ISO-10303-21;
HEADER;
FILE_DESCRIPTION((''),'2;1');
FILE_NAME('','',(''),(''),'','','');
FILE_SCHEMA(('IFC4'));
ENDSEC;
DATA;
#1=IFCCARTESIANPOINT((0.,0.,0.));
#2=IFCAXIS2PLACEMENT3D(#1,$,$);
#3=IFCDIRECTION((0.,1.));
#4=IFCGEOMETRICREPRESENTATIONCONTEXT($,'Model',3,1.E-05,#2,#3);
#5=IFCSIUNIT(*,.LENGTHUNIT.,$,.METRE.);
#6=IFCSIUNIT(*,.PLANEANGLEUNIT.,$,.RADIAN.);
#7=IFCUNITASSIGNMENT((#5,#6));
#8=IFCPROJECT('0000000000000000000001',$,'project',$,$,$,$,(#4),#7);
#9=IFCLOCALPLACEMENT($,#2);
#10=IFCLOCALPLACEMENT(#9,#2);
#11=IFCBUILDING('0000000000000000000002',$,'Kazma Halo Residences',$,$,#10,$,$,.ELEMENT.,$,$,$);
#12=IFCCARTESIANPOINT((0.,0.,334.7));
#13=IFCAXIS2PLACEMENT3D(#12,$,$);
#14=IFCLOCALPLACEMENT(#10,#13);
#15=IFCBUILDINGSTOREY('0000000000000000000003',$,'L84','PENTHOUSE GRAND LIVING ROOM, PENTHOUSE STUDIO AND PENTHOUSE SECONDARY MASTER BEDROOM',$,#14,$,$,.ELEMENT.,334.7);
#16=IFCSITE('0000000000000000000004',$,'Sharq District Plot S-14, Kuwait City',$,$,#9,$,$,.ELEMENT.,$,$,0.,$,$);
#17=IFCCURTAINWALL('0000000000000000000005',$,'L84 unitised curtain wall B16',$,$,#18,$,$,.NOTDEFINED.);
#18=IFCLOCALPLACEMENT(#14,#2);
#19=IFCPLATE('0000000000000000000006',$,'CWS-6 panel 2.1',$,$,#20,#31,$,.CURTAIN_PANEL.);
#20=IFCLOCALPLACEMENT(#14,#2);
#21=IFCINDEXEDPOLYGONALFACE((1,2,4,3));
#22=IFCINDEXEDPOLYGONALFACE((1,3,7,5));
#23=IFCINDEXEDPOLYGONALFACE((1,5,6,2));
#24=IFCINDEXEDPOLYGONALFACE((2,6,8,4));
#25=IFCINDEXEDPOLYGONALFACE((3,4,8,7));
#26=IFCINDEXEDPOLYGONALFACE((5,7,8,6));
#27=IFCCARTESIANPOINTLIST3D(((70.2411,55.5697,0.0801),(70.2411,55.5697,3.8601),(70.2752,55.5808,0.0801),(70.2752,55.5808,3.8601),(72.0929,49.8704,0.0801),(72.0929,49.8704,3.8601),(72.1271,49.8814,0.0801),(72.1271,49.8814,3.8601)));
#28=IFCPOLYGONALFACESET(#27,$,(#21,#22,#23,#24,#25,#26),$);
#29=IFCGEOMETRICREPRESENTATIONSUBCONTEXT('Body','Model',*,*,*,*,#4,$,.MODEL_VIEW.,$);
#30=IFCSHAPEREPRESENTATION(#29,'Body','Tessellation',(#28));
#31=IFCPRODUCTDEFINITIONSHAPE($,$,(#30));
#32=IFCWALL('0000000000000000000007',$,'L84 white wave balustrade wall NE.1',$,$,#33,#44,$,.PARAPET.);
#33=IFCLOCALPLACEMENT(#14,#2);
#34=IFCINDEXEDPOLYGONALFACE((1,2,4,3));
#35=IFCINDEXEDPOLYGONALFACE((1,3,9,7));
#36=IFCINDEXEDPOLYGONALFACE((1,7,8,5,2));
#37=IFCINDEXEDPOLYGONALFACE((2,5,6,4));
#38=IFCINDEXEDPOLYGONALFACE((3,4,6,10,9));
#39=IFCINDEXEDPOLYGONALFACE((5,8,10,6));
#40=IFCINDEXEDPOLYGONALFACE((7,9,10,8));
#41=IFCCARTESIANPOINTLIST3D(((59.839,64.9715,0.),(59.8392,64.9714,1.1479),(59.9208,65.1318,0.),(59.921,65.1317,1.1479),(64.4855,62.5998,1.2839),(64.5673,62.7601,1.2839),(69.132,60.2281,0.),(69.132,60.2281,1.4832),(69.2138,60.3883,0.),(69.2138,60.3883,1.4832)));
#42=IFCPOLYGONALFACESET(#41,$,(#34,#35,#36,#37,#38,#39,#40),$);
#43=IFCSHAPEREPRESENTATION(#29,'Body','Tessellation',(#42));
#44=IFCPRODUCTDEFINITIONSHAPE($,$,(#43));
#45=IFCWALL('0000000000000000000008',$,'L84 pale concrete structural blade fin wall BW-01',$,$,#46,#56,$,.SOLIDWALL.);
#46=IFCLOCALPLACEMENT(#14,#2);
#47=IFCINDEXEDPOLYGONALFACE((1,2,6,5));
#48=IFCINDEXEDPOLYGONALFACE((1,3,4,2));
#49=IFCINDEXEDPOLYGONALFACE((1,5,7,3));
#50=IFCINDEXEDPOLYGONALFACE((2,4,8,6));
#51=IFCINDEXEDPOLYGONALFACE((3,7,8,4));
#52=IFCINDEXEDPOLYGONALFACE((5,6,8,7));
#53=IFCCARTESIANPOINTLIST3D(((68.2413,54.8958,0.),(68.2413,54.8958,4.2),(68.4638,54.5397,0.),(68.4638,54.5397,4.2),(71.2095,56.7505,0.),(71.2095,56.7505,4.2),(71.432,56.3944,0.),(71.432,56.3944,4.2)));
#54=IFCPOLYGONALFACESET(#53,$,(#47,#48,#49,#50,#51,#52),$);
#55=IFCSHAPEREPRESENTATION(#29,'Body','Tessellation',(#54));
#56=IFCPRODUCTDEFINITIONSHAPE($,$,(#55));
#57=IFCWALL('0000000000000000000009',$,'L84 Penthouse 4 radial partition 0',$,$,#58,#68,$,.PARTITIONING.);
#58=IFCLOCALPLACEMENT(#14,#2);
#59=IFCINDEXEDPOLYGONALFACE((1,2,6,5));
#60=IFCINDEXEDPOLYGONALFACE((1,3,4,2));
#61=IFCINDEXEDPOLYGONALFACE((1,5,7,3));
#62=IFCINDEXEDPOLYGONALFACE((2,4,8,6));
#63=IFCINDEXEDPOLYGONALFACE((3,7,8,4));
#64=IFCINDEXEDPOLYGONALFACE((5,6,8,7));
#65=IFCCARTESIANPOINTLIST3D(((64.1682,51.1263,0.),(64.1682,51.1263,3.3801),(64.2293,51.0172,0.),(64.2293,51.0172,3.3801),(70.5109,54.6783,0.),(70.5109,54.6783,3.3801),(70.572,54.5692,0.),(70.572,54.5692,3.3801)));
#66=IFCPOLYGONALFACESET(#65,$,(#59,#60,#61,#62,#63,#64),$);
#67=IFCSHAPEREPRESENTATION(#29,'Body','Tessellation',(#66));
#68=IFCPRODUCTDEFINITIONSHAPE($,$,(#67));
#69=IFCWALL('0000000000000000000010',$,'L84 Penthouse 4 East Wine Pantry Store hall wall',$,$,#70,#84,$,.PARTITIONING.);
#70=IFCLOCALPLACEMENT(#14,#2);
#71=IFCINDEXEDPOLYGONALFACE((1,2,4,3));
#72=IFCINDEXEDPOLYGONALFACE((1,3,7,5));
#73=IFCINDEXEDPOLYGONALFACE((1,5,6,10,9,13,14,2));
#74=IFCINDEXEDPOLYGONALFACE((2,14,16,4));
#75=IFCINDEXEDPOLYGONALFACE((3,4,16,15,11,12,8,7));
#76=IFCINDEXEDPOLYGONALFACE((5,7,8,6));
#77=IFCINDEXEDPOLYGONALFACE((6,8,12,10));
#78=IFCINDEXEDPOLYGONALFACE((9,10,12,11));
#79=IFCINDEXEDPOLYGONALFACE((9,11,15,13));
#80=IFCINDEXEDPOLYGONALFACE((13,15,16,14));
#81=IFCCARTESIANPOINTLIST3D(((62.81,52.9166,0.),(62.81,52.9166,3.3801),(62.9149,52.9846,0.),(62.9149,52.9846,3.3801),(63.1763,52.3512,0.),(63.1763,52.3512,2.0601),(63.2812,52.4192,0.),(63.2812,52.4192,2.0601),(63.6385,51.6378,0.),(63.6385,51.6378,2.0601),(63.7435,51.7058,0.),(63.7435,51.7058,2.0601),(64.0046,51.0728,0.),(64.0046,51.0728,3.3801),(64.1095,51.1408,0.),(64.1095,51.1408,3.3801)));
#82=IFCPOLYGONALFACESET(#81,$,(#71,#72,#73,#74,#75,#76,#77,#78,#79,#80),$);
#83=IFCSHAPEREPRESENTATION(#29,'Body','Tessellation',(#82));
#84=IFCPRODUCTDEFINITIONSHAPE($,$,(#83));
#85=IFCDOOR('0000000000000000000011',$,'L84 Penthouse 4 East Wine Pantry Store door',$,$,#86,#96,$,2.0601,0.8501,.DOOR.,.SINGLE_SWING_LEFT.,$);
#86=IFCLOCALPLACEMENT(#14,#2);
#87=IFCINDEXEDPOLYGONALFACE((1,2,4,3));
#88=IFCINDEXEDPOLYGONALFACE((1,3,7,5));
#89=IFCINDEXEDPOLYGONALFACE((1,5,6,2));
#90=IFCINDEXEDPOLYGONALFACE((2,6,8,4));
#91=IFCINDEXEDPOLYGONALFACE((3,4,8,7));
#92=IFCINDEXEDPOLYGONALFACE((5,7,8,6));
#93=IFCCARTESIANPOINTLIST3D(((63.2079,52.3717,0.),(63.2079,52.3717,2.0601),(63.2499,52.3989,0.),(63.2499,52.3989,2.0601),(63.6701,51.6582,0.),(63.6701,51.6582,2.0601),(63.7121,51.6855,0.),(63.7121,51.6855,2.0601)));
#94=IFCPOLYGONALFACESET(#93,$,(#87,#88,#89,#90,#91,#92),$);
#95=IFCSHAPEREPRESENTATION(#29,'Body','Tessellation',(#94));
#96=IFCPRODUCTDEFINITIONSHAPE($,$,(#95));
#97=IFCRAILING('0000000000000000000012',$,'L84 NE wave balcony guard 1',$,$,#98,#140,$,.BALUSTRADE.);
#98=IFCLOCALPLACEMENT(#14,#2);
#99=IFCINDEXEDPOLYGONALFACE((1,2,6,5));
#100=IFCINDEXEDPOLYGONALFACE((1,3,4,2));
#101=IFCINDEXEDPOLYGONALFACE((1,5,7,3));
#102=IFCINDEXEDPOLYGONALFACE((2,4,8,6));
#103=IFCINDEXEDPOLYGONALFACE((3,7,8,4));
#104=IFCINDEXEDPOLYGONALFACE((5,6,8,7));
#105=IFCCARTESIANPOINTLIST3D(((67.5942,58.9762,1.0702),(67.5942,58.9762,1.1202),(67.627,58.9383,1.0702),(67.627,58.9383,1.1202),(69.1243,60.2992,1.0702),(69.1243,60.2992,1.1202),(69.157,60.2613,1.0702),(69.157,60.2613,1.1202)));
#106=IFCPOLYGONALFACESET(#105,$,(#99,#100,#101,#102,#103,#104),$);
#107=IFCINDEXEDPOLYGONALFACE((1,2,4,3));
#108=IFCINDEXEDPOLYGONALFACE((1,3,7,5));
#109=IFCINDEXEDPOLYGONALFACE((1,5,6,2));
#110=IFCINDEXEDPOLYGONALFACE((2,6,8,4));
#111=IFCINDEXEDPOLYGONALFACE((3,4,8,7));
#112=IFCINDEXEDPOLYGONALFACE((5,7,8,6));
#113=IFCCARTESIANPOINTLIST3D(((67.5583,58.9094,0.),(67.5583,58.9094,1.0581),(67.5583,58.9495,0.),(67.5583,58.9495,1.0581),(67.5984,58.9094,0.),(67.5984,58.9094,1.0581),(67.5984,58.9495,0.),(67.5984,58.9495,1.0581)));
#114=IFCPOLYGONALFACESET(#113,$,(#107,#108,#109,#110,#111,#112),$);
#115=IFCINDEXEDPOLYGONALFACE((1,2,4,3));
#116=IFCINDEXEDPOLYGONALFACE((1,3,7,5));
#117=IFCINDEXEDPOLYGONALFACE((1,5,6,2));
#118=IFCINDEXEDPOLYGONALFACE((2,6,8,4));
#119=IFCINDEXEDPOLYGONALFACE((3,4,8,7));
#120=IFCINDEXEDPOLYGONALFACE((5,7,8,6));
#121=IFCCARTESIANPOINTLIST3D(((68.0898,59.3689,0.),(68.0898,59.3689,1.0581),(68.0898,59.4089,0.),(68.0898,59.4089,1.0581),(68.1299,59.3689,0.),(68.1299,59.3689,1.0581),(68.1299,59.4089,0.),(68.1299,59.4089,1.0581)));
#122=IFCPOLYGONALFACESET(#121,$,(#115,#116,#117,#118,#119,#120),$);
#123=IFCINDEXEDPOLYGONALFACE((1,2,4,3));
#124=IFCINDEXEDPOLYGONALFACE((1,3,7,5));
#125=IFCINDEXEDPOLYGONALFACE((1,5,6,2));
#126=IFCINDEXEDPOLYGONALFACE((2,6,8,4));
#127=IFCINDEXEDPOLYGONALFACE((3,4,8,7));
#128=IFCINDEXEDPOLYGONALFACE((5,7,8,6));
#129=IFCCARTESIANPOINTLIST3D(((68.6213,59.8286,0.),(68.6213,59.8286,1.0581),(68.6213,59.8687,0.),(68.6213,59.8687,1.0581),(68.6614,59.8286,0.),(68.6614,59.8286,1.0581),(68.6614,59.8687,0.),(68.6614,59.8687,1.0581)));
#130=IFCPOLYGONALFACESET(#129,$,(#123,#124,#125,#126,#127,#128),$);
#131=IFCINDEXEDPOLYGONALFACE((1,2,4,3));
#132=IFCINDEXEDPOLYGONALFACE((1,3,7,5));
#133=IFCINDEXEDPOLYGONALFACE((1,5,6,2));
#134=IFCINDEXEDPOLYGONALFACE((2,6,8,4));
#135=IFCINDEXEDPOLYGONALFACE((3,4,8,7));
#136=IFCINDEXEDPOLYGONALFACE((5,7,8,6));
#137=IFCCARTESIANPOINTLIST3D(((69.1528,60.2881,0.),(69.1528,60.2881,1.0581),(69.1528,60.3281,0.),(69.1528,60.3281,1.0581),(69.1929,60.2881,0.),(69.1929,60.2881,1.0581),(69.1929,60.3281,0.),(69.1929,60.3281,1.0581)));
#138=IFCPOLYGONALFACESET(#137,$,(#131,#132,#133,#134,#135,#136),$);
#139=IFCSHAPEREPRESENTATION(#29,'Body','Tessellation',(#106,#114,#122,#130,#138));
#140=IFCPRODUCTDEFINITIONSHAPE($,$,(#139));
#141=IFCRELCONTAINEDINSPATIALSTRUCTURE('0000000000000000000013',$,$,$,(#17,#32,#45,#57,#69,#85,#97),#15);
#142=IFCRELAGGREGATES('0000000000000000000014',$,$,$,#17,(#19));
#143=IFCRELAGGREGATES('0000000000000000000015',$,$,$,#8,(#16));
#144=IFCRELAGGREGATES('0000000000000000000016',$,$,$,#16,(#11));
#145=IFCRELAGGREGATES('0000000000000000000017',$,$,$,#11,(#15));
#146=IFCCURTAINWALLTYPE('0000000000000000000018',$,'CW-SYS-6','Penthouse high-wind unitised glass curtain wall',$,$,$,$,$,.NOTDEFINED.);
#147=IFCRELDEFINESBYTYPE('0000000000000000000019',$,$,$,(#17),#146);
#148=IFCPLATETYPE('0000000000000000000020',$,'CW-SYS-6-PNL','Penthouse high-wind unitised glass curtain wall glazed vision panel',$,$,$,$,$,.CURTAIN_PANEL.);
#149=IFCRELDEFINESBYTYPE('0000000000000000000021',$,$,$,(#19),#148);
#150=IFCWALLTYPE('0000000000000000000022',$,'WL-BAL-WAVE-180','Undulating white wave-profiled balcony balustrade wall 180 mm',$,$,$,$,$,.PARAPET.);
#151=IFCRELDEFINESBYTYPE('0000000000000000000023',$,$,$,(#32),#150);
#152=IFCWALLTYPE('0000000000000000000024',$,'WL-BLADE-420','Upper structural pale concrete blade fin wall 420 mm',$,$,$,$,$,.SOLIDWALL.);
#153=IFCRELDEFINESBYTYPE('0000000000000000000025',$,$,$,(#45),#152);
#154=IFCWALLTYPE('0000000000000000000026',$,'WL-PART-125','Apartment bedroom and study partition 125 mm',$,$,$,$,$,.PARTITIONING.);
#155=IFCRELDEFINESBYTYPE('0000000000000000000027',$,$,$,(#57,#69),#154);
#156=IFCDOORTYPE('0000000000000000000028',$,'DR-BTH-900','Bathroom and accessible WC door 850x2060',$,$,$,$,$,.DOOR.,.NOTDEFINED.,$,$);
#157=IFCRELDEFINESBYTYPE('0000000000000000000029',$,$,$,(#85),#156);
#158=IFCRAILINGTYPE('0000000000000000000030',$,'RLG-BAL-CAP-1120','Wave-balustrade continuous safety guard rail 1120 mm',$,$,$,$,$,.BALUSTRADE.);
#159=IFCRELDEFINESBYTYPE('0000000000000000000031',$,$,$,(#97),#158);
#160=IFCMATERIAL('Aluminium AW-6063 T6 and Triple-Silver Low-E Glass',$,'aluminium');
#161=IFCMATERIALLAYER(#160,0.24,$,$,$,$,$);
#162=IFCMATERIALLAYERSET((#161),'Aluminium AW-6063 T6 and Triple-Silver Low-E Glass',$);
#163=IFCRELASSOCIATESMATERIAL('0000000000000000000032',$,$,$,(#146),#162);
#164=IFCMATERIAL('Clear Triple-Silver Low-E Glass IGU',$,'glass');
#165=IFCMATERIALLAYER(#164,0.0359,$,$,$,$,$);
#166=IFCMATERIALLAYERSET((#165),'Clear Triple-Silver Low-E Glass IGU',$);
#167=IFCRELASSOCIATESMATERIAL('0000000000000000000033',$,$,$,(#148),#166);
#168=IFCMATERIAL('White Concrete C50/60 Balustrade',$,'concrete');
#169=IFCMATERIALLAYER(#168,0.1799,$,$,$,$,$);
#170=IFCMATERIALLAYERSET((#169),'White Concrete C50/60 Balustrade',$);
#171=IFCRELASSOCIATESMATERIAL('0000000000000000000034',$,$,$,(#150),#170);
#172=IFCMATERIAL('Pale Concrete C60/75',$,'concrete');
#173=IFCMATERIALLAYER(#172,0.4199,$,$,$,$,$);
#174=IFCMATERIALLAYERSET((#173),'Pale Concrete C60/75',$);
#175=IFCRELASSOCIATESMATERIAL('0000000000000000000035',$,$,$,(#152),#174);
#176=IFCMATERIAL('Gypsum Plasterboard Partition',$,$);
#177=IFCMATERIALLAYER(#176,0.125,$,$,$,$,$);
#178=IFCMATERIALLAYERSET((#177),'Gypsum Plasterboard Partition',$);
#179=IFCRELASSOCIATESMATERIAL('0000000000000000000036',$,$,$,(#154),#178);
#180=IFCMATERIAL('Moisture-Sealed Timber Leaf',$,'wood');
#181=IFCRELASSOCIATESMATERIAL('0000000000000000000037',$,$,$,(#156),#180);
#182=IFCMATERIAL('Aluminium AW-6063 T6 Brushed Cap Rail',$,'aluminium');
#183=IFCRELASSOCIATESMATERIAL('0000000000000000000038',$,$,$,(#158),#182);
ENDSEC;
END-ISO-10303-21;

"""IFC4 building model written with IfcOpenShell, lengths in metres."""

from ifc_helpers import new_model, si_unit, direction, frame, frame_2d, origin, origin_2d, place, context, subcontext, project, spatial, polyline, rectangle, outline, extrude, material, layer, layer_set, type_object, element, fill, aggregate, save


model = new_model("IFC4")

# Units and contexts
model_context = context("Model", 3, precision=1e-05, world=origin(), true_north=direction((0.0, 1.0)))
body_context = subcontext(model_context, "Body", "Model", "MODEL_VIEW")
ifc_project = project(units=[si_unit("LENGTHUNIT", "METRE"), si_unit("PLANEANGLEUNIT", "RADIAN")], contexts=[model_context])

# Site, building, storey
site_placement = place(None, origin())
site = spatial("IfcSite", under=ifc_project, at=site_placement, Name="Sharq District Plot S-14, Kuwait City", CompositionType="ELEMENT", RefElevation=0.0)
building_placement = place(site_placement, origin())
building = spatial("IfcBuilding", under=site, at=building_placement, Name="Kazma Halo Residences", CompositionType="ELEMENT")
storey_placement = place(building_placement, frame((0.0, 0.0, 334.7)))
storey = spatial("IfcBuildingStorey", under=building, at=storey_placement, Name="L84", Description="PENTHOUSE GRAND LIVING ROOM, PENTHOUSE STUDIO AND PENTHOUSE SECONDARY MASTER BEDROOM", CompositionType="ELEMENT", Elevation=334.7)

# Shared definitions
ifc_material_1 = material(Name="Aluminium AW-6063 T6 and Triple-Silver Low-E Glass", Category="aluminium")
ifc_layer_1 = layer(ifc_material_1, 0.24)
ifc_layer_set_1 = layer_set([ifc_layer_1], Name="Aluminium AW-6063 T6 and Triple-Silver Low-E Glass")
curtain_wall_type = type_object("IfcCurtainWallType", Name="CW-SYS-6", Description="Penthouse high-wind unitised glass curtain wall", PredefinedType="NOTDEFINED", material=ifc_layer_set_1)

# Curtain wall
curtain_wall_1_placement = place(storey_placement, origin())
curtain_wall_1 = element("IfcCurtainWall", 1, at=curtain_wall_1_placement, inside=storey, type_object=curtain_wall_type, Name="L84 unitised curtain wall B16", PredefinedType="NOTDEFINED")

# Plate
ifc_material_2 = material(Name="Clear Triple-Silver Low-E Glass IGU", Category="glass")
ifc_layer_2 = layer(ifc_material_2, 0.0359)
ifc_layer_set_2 = layer_set([ifc_layer_2], Name="Clear Triple-Silver Low-E Glass IGU")
plate_type = type_object("IfcPlateType", Name="CW-SYS-6-PNL", Description="Penthouse high-wind unitised glass curtain wall glazed vision panel", PredefinedType="CURTAIN_PANEL", material=ifc_layer_set_2)
plate_1_placement = place(storey_placement, frame((71.1841, 52.7256, 0.0801), z_axis=(0.0, 0.0, 1.0), x_axis=(-0.309019, 0.951056, 0.0)))
plate_1 = element("IfcPlate", 2, at=plate_1_placement, type_object=plate_type, Name="CWS-6 panel 2.1", PredefinedType="CURTAIN_PANEL", context=body_context, shape_type="SweptSolid", body=[
    extrude(rectangle(XDim=5.9927, YDim=0.0359, at=origin_2d()), origin(), (0.0, 0.0, 1.0), 3.78),
])
aggregate(curtain_wall_1, [plate_1])

# Walls
ifc_material_3 = material(Name="White Concrete C50/60 Balustrade", Category="concrete")
ifc_layer_3 = layer(ifc_material_3, 0.1799)
ifc_layer_set_3 = layer_set([ifc_layer_3], Name="White Concrete C50/60 Balustrade")
wall_type_1 = type_object("IfcWallType", Name="WL-BAL-WAVE-180", Description="Undulating white wave-profiled balcony balustrade wall 180 mm", PredefinedType="PARAPET", material=ifc_layer_set_3)
wall_1_placement = place(storey_placement, frame((69.1729, 60.3081, 0.0), z_axis=(0.0, 0.0, 1.0), x_axis=(-0.89068, 0.45463, 0.0)))
element("IfcWall", 3, at=wall_1_placement, inside=storey, type_object=wall_type_1, Name="L84 white wave balustrade wall NE.1", PredefinedType="PARAPET", context=body_context, shape_type="SweptSolid", body=[
    extrude(outline(polyline([(0.0, 0.0), (10.4336, 0.0), (10.4333, 1.1479), (5.2168, 1.2839), (0.0, 1.4832), (0.0, 0.0)])), frame((0.0, 0.0898, 0.0), z_axis=(0.0, -1.0, 0.0), x_axis=(1.0, 0.0, 0.0)), (0.0, 0.0, 1.0), 0.1799),
])
ifc_material_4 = material(Name="Pale Concrete C60/75", Category="concrete")
ifc_layer_4 = layer(ifc_material_4, 0.4199)
ifc_layer_set_4 = layer_set([ifc_layer_4], Name="Pale Concrete C60/75")
wall_type_2 = type_object("IfcWallType", Name="WL-BLADE-420", Description="Upper structural pale concrete blade fin wall 420 mm", PredefinedType="SOLIDWALL", material=ifc_layer_set_4)
wall_2_placement = place(storey_placement, frame((68.3525, 54.7178, 0.0), z_axis=(0.0, 0.0, 1.0), x_axis=(0.848053, 0.529911, 0.0)))
element("IfcWall", 4, at=wall_2_placement, inside=storey, type_object=wall_type_2, Name="L84 pale concrete structural blade fin wall BW-01", PredefinedType="SOLIDWALL", context=body_context, shape_type="SweptSolid", body=[
    extrude(rectangle(XDim=3.5, YDim=0.4199, at=frame_2d((1.75, 0.0))), origin(), (0.0, 0.0, 1.0), 4.2),
])

# Wall
ifc_material_5 = material(Name="Gypsum Plasterboard Partition")
ifc_layer_5 = layer(ifc_material_5, 0.125)
ifc_layer_set_5 = layer_set([ifc_layer_5], Name="Gypsum Plasterboard Partition")
wall_type_3 = type_object("IfcWallType", Name="WL-PART-125", Description="Apartment bedroom and study partition 125 mm", PredefinedType="PARTITIONING", material=ifc_layer_set_5)
wall_3_placement = place(storey_placement, frame((64.1987, 51.0718, 0.0), z_axis=(0.0, 0.0, 1.0), x_axis=(0.872503, 0.488608, 0.0)))
element("IfcWall", 5, at=wall_3_placement, inside=storey, type_object=wall_type_3, Name="L84 Penthouse 4 radial partition 0", PredefinedType="PARTITIONING", context=body_context, shape_type="SweptSolid", body=[
    extrude(rectangle(XDim=7.2695, YDim=0.125, at=frame_2d((3.6348, 0.0))), origin(), (0.0, 0.0, 1.0), 3.3801),
])

# Wall, opening, door
wall_4_placement = place(storey_placement, frame((64.0571, 51.1067, 0.0), z_axis=(0.0, 0.0, 1.0), x_axis=(-0.543753, 0.839245, 0.0)))
wall_4 = element("IfcWall", 6, at=wall_4_placement, inside=storey, type_object=wall_type_3, Name="L84 Penthouse 4 East Wine Pantry Store hall wall", PredefinedType="PARTITIONING", context=body_context, shape_type="SweptSolid", body=[
    extrude(rectangle(XDim=2.197, YDim=0.125, at=frame_2d((1.0986, 0.0))), origin(), (0.0, 0.0, 1.0), 3.3801),
])
opening_1_placement = place(wall_4_placement, frame((0.6733, 0.0, 0.0)))
opening_1 = element("IfcOpeningElement", 7, at=opening_1_placement, cuts=wall_4, PredefinedType="OPENING", context=body_context, shape_type="SweptSolid", body=[
    extrude(rectangle(XDim=0.8501, YDim=2.0601, at=frame_2d((0.425, 1.03))), frame((0.0, 0.0725, 0.0), z_axis=(0.0, -1.0, 0.0), x_axis=(1.0, 0.0, 0.0)), (0.0, 0.0, 1.0), 0.145),
])
ifc_material_6 = material(Name="Moisture-Sealed Timber Leaf", Category="wood")
door_type_1 = type_object("IfcDoorType", Name="DR-BTH-900", Description="Bathroom and accessible WC door 850x2060", OperationType="NOTDEFINED", PredefinedType="DOOR", material=ifc_material_6)
door_1_placement = place(opening_1_placement, origin())
door_1 = element("IfcDoor", 8, at=door_1_placement, inside=storey, type_object=door_type_1, Name="L84 Penthouse 4 East Wine Pantry Store door", OperationType="SINGLE_SWING_LEFT", OverallHeight=2.0601, OverallWidth=0.8501, PredefinedType="DOOR", context=body_context, shape_type="SweptSolid", body=[
    extrude(rectangle(XDim=0.8501, YDim=2.0601, at=frame_2d((0.425, 1.03))), frame((0.0, 0.0249, 0.0), z_axis=(0.0, -1.0, 0.0), x_axis=(1.0, 0.0, 0.0)), (0.0, 0.0, 1.0), 0.05),
])
fill(opening_1, door_1)

# Railing
ifc_material_7 = material(Name="Aluminium AW-6063 T6 Brushed Cap Rail", Category="aluminium")
railing_type = type_object("IfcRailingType", Name="RLG-BAL-CAP-1120", Description="Wave-balustrade continuous safety guard rail 1120 mm", PredefinedType="BALUSTRADE", material=ifc_material_7)
railing_1_placement = place(storey_placement, frame((67.5784, 58.9294, 0.0)))
element("IfcRailing", 9, at=railing_1_placement, inside=storey, type_object=railing_type, Name="L84 NE wave balcony guard 1", PredefinedType="BALUSTRADE", context=body_context, shape_type="SweptSolid", body=[
    extrude(rectangle(XDim=0.05, YDim=0.05, at=origin_2d()), frame((0.0322, 0.0278, 1.0952), z_axis=(0.756445, 0.654057, 0.0), x_axis=(-0.654057, 0.756445, 0.0)), (0.0, 0.0, 1.0), 2.0227),
    extrude(rectangle(XDim=0.04, YDim=0.04, at=origin_2d()), origin(), (0.0, 0.0, 1.0), 1.0581),
    extrude(rectangle(XDim=0.04, YDim=0.04, at=origin_2d()), frame((0.5315, 0.4595, 0.0)), (0.0, 0.0, 1.0), 1.0581),
    extrude(rectangle(XDim=0.04, YDim=0.04, at=origin_2d()), frame((1.063, 0.9192, 0.0)), (0.0, 0.0, 1.0), 1.0581),
    extrude(rectangle(XDim=0.04, YDim=0.04, at=origin_2d()), frame((1.5945, 1.3787, 0.0)), (0.0, 0.0, 1.0), 1.0581),
])

save(model, "model.ifc")
